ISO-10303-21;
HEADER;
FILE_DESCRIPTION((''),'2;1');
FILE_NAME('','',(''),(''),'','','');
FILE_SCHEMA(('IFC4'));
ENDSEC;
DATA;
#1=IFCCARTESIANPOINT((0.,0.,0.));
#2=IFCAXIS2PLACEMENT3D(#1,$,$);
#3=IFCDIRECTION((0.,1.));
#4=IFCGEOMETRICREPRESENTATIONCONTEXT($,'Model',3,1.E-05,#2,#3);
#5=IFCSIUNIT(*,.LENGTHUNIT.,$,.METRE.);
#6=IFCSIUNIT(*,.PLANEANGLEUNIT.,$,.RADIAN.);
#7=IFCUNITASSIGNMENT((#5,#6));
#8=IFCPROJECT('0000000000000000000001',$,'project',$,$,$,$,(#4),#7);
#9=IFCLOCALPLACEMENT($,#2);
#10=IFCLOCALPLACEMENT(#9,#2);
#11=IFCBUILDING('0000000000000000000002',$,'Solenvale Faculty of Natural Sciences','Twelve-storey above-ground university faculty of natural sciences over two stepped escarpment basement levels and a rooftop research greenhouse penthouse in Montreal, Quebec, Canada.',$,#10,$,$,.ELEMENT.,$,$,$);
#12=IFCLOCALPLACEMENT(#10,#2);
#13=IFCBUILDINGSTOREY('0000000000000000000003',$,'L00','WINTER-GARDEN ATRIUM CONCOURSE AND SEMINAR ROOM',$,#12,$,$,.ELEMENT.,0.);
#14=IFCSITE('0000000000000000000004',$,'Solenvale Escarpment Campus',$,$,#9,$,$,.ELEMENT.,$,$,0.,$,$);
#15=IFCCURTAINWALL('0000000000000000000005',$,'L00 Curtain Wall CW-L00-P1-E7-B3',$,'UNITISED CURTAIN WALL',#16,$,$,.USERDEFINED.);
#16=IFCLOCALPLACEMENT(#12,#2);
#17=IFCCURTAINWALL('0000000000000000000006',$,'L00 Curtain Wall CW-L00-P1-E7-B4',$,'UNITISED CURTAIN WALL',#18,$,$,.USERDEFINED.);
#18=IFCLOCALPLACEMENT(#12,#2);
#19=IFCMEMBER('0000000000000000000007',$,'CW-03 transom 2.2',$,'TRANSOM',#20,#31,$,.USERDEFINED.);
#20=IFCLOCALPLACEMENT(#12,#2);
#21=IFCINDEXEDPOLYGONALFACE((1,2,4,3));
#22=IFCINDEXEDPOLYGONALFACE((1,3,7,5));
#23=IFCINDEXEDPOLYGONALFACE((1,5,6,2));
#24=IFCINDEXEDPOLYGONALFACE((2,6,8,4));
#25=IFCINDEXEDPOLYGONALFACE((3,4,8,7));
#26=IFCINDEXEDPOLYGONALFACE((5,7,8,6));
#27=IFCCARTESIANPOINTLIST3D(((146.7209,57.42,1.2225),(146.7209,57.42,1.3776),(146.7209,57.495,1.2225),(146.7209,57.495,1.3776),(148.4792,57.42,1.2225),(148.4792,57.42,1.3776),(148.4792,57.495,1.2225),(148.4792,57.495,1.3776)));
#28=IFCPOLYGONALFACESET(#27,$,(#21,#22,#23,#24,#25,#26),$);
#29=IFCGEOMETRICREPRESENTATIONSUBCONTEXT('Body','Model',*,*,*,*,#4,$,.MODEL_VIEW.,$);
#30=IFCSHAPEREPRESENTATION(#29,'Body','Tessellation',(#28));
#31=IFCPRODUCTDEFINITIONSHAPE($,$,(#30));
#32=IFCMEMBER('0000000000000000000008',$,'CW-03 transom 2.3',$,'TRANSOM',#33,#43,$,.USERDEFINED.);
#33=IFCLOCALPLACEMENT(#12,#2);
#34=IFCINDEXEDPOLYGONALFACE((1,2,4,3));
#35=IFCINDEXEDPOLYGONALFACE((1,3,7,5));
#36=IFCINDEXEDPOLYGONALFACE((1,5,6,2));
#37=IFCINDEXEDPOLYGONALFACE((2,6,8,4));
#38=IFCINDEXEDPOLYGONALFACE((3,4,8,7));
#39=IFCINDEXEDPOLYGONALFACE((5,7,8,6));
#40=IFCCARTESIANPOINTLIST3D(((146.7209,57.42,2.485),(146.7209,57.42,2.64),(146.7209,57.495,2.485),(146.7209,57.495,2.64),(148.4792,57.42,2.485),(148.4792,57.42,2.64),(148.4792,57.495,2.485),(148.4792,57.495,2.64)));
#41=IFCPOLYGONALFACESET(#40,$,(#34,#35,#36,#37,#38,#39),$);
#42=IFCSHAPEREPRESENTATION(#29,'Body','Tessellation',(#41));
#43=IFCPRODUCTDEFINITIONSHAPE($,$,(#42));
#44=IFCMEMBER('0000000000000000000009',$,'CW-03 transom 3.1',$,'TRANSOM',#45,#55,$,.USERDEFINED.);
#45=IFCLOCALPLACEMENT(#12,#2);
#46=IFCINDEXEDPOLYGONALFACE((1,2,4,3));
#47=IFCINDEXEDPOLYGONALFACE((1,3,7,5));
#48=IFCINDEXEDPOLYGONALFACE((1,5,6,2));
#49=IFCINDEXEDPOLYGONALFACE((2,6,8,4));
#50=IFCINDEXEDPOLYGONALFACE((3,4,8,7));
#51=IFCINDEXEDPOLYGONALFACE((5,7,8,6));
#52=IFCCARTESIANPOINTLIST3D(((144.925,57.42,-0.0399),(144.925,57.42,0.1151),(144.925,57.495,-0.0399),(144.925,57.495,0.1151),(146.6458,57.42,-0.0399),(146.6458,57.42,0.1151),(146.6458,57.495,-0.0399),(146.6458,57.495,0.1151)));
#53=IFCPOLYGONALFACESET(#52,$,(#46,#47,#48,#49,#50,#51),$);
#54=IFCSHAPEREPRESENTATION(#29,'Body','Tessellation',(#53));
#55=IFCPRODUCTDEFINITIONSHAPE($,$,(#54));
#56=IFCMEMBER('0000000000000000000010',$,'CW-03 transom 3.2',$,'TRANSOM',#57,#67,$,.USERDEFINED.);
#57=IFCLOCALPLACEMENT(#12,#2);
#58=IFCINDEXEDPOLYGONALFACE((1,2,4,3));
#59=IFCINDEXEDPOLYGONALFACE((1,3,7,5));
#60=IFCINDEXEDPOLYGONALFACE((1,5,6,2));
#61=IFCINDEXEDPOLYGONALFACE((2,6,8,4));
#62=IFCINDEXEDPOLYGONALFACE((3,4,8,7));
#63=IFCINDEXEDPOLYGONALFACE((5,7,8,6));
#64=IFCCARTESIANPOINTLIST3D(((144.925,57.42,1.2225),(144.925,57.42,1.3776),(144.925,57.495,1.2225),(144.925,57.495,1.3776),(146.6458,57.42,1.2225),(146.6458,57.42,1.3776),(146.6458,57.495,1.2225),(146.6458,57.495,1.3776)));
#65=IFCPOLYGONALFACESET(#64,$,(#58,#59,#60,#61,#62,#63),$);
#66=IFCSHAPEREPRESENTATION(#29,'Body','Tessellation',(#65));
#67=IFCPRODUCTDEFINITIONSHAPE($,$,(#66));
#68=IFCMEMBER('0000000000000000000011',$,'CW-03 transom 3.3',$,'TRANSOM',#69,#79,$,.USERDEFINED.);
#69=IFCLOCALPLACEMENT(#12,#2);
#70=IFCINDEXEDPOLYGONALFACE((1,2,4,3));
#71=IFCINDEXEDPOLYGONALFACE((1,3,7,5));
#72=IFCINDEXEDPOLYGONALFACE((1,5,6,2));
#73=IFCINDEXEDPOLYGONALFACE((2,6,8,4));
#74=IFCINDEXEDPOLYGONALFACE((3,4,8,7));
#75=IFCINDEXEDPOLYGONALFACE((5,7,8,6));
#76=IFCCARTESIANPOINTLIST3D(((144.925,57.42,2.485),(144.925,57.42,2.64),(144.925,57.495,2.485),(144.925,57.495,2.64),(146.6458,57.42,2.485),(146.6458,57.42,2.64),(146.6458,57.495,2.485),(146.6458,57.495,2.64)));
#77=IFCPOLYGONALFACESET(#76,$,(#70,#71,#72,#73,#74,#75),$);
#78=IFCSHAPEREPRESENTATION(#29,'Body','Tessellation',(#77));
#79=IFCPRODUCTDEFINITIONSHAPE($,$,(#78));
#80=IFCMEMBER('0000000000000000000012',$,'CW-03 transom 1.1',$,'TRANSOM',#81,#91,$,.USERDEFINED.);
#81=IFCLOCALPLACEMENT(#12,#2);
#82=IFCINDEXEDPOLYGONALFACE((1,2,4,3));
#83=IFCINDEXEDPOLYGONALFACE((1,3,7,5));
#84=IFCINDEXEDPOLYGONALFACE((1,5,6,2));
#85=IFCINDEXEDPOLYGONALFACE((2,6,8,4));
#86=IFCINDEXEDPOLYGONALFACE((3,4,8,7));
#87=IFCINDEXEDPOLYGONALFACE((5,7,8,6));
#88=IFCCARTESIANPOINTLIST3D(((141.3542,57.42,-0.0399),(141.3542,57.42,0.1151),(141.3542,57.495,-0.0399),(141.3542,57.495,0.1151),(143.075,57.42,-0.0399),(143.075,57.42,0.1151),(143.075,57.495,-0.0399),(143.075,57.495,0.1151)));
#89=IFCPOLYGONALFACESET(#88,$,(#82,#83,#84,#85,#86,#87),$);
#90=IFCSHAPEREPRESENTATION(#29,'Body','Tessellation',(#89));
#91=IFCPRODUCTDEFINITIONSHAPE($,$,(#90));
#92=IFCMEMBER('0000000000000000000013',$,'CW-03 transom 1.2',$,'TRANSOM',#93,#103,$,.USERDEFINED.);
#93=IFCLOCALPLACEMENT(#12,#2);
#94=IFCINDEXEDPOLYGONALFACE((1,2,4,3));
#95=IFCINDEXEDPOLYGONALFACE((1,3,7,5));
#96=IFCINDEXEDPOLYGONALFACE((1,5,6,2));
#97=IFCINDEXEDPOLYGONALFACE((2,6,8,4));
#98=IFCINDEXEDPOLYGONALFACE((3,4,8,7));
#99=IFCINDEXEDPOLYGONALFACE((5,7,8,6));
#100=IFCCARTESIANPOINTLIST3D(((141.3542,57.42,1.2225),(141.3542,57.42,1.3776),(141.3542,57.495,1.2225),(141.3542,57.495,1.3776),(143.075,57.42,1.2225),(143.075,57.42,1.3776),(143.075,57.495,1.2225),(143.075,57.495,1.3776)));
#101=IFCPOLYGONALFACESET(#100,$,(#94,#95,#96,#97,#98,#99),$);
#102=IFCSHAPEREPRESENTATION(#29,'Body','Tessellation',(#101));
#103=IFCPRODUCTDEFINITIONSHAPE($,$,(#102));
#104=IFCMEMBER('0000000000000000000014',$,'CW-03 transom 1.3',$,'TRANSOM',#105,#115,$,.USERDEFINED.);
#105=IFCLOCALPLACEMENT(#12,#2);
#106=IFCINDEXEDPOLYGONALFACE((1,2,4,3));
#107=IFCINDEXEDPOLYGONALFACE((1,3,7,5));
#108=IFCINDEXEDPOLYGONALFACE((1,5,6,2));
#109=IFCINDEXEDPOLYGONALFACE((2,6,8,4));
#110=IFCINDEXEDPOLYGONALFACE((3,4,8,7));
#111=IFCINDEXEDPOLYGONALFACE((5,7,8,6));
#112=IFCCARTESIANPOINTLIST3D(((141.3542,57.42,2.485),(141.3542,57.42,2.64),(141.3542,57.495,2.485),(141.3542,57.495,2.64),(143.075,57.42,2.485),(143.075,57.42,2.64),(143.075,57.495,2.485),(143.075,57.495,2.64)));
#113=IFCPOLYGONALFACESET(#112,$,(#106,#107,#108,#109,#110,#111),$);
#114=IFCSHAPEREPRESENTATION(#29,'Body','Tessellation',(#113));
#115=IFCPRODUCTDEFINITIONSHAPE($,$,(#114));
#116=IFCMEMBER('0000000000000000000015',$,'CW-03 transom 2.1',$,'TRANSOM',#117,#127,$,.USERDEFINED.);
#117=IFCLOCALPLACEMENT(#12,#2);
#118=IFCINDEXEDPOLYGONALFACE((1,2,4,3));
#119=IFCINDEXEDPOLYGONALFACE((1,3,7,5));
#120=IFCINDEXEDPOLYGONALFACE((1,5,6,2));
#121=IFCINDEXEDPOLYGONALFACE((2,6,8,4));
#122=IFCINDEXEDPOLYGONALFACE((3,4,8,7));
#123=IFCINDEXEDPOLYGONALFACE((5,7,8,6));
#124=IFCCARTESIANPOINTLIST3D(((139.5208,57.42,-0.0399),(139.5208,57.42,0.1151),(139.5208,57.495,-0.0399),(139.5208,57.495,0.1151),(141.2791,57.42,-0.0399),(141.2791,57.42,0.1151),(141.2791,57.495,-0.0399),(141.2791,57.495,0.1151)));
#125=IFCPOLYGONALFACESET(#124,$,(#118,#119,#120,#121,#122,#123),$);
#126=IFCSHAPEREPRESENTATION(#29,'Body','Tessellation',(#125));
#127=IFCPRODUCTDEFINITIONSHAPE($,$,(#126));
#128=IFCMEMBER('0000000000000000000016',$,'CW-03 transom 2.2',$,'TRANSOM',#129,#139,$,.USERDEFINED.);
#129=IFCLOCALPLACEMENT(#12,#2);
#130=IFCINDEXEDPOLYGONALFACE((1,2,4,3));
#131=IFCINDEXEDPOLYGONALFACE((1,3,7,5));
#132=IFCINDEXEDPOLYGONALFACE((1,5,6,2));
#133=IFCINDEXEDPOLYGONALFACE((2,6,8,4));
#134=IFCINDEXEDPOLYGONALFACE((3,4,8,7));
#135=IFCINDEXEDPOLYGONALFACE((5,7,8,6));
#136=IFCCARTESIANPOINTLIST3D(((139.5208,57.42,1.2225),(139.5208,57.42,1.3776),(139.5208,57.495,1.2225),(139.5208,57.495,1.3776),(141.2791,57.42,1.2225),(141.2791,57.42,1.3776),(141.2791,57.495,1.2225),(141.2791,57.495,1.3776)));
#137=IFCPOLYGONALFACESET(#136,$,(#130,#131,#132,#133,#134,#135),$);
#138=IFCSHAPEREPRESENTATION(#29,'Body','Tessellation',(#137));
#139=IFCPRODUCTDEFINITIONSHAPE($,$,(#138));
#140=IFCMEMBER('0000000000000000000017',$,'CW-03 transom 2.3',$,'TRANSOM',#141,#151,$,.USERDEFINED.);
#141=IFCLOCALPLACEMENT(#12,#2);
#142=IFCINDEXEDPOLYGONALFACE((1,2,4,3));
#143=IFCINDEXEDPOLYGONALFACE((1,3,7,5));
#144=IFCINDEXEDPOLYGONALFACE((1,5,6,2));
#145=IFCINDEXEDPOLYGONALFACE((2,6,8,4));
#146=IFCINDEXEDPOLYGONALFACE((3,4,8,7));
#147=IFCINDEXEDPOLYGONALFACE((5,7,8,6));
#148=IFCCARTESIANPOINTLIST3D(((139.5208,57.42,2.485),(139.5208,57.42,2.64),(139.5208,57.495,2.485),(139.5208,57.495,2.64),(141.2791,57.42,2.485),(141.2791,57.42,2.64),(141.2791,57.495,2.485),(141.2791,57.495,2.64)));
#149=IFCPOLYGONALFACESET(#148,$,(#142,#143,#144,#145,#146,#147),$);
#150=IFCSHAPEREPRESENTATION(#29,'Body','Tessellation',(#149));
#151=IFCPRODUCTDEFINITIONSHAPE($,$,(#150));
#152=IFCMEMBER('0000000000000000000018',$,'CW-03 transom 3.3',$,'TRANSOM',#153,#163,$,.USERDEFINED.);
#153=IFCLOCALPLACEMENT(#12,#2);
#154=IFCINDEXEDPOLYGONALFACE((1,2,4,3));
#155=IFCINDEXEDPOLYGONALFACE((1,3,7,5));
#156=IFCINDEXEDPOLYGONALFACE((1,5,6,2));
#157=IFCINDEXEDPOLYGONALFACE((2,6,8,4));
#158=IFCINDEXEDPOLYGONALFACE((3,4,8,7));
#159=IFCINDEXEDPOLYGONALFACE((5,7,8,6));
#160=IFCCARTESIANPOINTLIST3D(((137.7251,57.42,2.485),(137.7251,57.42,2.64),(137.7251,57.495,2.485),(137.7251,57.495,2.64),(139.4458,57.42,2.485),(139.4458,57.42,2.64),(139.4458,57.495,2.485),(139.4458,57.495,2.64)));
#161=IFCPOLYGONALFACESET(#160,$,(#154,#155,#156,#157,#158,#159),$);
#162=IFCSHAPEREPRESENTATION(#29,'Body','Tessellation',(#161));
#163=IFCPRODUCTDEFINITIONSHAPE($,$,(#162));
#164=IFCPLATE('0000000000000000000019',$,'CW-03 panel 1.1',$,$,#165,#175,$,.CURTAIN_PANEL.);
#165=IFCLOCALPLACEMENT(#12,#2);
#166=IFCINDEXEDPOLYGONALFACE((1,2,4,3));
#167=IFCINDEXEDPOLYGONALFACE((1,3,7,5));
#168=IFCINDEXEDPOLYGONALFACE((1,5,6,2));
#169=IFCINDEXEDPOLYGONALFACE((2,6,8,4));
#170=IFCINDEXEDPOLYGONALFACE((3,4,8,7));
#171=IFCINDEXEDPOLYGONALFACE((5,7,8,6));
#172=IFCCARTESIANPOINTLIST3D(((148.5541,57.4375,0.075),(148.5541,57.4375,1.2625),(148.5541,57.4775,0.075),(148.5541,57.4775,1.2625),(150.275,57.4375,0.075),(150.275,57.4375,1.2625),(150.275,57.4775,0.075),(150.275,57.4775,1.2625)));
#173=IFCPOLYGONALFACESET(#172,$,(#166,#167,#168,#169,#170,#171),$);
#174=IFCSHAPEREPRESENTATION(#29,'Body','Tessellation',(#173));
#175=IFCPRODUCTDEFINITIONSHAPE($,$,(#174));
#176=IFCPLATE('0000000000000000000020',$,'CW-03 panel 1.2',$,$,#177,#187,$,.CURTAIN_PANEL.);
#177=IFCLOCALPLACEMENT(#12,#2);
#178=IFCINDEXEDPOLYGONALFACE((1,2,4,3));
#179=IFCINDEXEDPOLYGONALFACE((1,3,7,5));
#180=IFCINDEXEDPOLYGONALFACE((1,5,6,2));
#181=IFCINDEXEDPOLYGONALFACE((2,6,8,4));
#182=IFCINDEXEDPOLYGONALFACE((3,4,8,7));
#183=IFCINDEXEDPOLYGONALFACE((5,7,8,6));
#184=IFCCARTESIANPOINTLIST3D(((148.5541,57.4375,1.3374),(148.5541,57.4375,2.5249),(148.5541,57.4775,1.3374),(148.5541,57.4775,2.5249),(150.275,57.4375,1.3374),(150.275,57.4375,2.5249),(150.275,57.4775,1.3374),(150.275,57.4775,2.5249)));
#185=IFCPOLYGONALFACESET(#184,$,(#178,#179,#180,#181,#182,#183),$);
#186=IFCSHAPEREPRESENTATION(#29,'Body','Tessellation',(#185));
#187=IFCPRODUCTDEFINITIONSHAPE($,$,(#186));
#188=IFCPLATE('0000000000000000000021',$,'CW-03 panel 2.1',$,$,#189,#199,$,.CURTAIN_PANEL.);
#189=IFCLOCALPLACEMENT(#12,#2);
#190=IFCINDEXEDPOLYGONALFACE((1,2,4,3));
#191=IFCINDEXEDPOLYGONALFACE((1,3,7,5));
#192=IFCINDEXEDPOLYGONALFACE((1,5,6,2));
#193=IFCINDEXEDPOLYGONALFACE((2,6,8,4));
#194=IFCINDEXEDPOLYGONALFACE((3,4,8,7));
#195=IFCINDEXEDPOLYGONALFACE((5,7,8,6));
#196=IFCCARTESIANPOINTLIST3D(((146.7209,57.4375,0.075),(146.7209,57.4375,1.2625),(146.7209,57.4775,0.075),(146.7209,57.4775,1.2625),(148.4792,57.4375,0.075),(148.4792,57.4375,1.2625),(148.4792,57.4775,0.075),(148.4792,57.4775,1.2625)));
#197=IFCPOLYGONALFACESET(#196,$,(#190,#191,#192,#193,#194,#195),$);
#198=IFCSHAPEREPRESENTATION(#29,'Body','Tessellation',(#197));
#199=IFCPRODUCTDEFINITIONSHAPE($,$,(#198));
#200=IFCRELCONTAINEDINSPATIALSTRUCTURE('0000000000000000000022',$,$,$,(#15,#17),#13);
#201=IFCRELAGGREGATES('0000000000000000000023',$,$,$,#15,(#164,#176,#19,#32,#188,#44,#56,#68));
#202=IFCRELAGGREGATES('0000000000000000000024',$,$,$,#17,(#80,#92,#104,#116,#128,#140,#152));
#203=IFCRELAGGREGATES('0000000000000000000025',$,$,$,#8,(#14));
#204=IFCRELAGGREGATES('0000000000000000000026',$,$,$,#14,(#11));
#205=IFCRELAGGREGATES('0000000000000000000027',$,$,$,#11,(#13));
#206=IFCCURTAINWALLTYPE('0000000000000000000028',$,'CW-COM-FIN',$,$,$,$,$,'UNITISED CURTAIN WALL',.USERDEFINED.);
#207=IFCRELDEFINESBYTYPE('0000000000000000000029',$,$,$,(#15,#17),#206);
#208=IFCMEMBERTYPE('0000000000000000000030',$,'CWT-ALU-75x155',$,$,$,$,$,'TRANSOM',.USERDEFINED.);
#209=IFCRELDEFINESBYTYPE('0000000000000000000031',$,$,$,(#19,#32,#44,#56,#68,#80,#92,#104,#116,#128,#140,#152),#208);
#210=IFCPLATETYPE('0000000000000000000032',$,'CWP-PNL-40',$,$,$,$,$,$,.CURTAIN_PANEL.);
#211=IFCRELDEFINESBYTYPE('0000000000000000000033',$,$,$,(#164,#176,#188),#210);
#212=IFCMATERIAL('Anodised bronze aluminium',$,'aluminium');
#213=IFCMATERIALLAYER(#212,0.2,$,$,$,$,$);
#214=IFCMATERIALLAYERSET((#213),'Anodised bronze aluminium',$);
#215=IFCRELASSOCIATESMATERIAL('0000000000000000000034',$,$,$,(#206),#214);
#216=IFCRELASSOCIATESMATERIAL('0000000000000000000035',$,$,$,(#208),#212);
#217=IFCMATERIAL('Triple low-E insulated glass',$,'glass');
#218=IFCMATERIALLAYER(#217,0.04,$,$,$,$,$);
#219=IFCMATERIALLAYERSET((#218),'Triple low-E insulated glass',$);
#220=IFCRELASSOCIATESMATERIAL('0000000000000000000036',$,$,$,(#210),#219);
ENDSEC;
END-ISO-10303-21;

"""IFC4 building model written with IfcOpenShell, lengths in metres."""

from ifc_helpers import new_model, si_unit, direction, frame, origin, origin_2d, place, context, subcontext, project, spatial, rectangle, extrude, material, layer, layer_set, material_profile, profile_set, type_object, element, aggregate, save


model = new_model("IFC4")

# Units and contexts
model_context = context("Model", 3, precision=1e-05, world=origin(), true_north=direction((0.0, 1.0)))
body_context = subcontext(model_context, "Body", "Model", "MODEL_VIEW")
ifc_project = project(units=[si_unit("LENGTHUNIT", "METRE"), si_unit("PLANEANGLEUNIT", "RADIAN")], contexts=[model_context])

# Site, building, storey
site_placement = place(None, origin())
site = spatial("IfcSite", under=ifc_project, at=site_placement, Name="Solenvale Escarpment Campus", CompositionType="ELEMENT", RefElevation=0.0)
building_placement = place(site_placement, origin())
building = spatial("IfcBuilding", under=site, at=building_placement, Name="Solenvale Faculty of Natural Sciences", Description="Twelve-storey above-ground university faculty of natural sciences over two stepped escarpment basement levels and a rooftop research greenhouse penthouse in Montreal, Quebec, Canada.", CompositionType="ELEMENT")
storey_placement = place(building_placement, origin())
storey = spatial("IfcBuildingStorey", under=building, at=storey_placement, Name="L00", Description="WINTER-GARDEN ATRIUM CONCOURSE AND SEMINAR ROOM", CompositionType="ELEMENT", Elevation=0.0)

# Curtain walls
ifc_material_1 = material(Name="Anodised bronze aluminium", Category="aluminium")
ifc_layer_1 = layer(ifc_material_1, 0.2)
ifc_layer_set_1 = layer_set([ifc_layer_1], Name="Anodised bronze aluminium")
curtain_wall_type = type_object("IfcCurtainWallType", Name="CW-COM-FIN", ElementType="UNITISED CURTAIN WALL", PredefinedType="USERDEFINED", material=ifc_layer_set_1)
curtain_wall_1_placement = place(storey_placement, origin())
curtain_wall_1 = element("IfcCurtainWall", 1, at=curtain_wall_1_placement, inside=storey, type_object=curtain_wall_type, Name="L00 Curtain Wall CW-L00-P1-E7-B3", ObjectType="UNITISED CURTAIN WALL", PredefinedType="USERDEFINED")
curtain_wall_2_placement = place(storey_placement, origin())
curtain_wall_2 = element("IfcCurtainWall", 2, at=curtain_wall_2_placement, inside=storey, type_object=curtain_wall_type, Name="L00 Curtain Wall CW-L00-P1-E7-B4", ObjectType="UNITISED CURTAIN WALL", PredefinedType="USERDEFINED")

# Members
ifc_material_profile_1 = material_profile(ifc_material_1, rectangle(XDim=0.075, YDim=0.155, at=origin_2d()), Name="ALU-TRN-75x155")
ifc_profile_set_1 = profile_set([ifc_material_profile_1], Name="Anodised bronze aluminium")
member_type_1 = type_object("IfcMemberType", Name="CWT-ALU-75x155", ElementType="TRANSOM", PredefinedType="USERDEFINED", material=ifc_profile_set_1)
member_1_placement = place(storey_placement, frame((148.4792, 57.4575, 1.3), z_axis=(-1.0, 0.0, 0.0), x_axis=(0.0, -1.0, 0.0)))
member_1 = element("IfcMember", 3, at=member_1_placement, type_object=member_type_1, Name="CW-03 transom 2.2", ObjectType="TRANSOM", PredefinedType="USERDEFINED", context=body_context, shape_type="SweptSolid", body=[
    extrude(rectangle(XDim=0.075, YDim=0.155, at=origin_2d()), origin(), (0.0, 0.0, 1.0), 1.7583),
])
member_2_placement = place(storey_placement, frame((148.4792, 57.4575, 2.5625), z_axis=(-1.0, 0.0, 0.0), x_axis=(0.0, -1.0, 0.0)))
member_2 = element("IfcMember", 4, at=member_2_placement, type_object=member_type_1, Name="CW-03 transom 2.3", ObjectType="TRANSOM", PredefinedType="USERDEFINED", context=body_context, shape_type="SweptSolid", body=[
    extrude(rectangle(XDim=0.075, YDim=0.155, at=origin_2d()), origin(), (0.0, 0.0, 1.0), 1.7583),
])
member_3_placement = place(storey_placement, frame((146.6458, 57.4575, 0.0376), z_axis=(-1.0, 0.0, 0.0), x_axis=(0.0, -1.0, 0.0)))
member_3 = element("IfcMember", 5, at=member_3_placement, type_object=member_type_1, Name="CW-03 transom 3.1", ObjectType="TRANSOM", PredefinedType="USERDEFINED", context=body_context, shape_type="SweptSolid", body=[
    extrude(rectangle(XDim=0.075, YDim=0.155, at=origin_2d()), origin(), (0.0, 0.0, 1.0), 1.7207),
])
member_4_placement = place(storey_placement, frame((146.6458, 57.4575, 1.3), z_axis=(-1.0, 0.0, 0.0), x_axis=(0.0, -1.0, 0.0)))
member_4 = element("IfcMember", 6, at=member_4_placement, type_object=member_type_1, Name="CW-03 transom 3.2", ObjectType="TRANSOM", PredefinedType="USERDEFINED", context=body_context, shape_type="SweptSolid", body=[
    extrude(rectangle(XDim=0.075, YDim=0.155, at=origin_2d()), origin(), (0.0, 0.0, 1.0), 1.7207),
])
member_5_placement = place(storey_placement, frame((146.6458, 57.4575, 2.5625), z_axis=(-1.0, 0.0, 0.0), x_axis=(0.0, -1.0, 0.0)))
member_5 = element("IfcMember", 7, at=member_5_placement, type_object=member_type_1, Name="CW-03 transom 3.3", ObjectType="TRANSOM", PredefinedType="USERDEFINED", context=body_context, shape_type="SweptSolid", body=[
    extrude(rectangle(XDim=0.075, YDim=0.155, at=origin_2d()), origin(), (0.0, 0.0, 1.0), 1.7207),
])
member_6_placement = place(storey_placement, frame((143.075, 57.4575, 0.0376), z_axis=(-1.0, 0.0, 0.0), x_axis=(0.0, -1.0, 0.0)))
member_6 = element("IfcMember", 8, at=member_6_placement, type_object=member_type_1, Name="CW-03 transom 1.1", ObjectType="TRANSOM", PredefinedType="USERDEFINED", context=body_context, shape_type="SweptSolid", body=[
    extrude(rectangle(XDim=0.075, YDim=0.155, at=origin_2d()), origin(), (0.0, 0.0, 1.0), 1.7207),
])
member_7_placement = place(storey_placement, frame((143.075, 57.4575, 1.3), z_axis=(-1.0, 0.0, 0.0), x_axis=(0.0, -1.0, 0.0)))
member_7 = element("IfcMember", 9, at=member_7_placement, type_object=member_type_1, Name="CW-03 transom 1.2", ObjectType="TRANSOM", PredefinedType="USERDEFINED", context=body_context, shape_type="SweptSolid", body=[
    extrude(rectangle(XDim=0.075, YDim=0.155, at=origin_2d()), origin(), (0.0, 0.0, 1.0), 1.7207),
])
member_8_placement = place(storey_placement, frame((143.075, 57.4575, 2.5625), z_axis=(-1.0, 0.0, 0.0), x_axis=(0.0, -1.0, 0.0)))
member_8 = element("IfcMember", 10, at=member_8_placement, type_object=member_type_1, Name="CW-03 transom 1.3", ObjectType="TRANSOM", PredefinedType="USERDEFINED", context=body_context, shape_type="SweptSolid", body=[
    extrude(rectangle(XDim=0.075, YDim=0.155, at=origin_2d()), origin(), (0.0, 0.0, 1.0), 1.7207),
])
member_9_placement = place(storey_placement, frame((141.2791, 57.4575, 0.0376), z_axis=(-1.0, 0.0, 0.0), x_axis=(0.0, -1.0, 0.0)))
member_9 = element("IfcMember", 11, at=member_9_placement, type_object=member_type_1, Name="CW-03 transom 2.1", ObjectType="TRANSOM", PredefinedType="USERDEFINED", context=body_context, shape_type="SweptSolid", body=[
    extrude(rectangle(XDim=0.075, YDim=0.155, at=origin_2d()), origin(), (0.0, 0.0, 1.0), 1.7583),
])
member_10_placement = place(storey_placement, frame((141.2791, 57.4575, 1.3), z_axis=(-1.0, 0.0, 0.0), x_axis=(0.0, -1.0, 0.0)))
member_10 = element("IfcMember", 12, at=member_10_placement, type_object=member_type_1, Name="CW-03 transom 2.2", ObjectType="TRANSOM", PredefinedType="USERDEFINED", context=body_context, shape_type="SweptSolid", body=[
    extrude(rectangle(XDim=0.075, YDim=0.155, at=origin_2d()), origin(), (0.0, 0.0, 1.0), 1.7583),
])
member_11_placement = place(storey_placement, frame((141.2791, 57.4575, 2.5625), z_axis=(-1.0, 0.0, 0.0), x_axis=(0.0, -1.0, 0.0)))
member_11 = element("IfcMember", 13, at=member_11_placement, type_object=member_type_1, Name="CW-03 transom 2.3", ObjectType="TRANSOM", PredefinedType="USERDEFINED", context=body_context, shape_type="SweptSolid", body=[
    extrude(rectangle(XDim=0.075, YDim=0.155, at=origin_2d()), origin(), (0.0, 0.0, 1.0), 1.7583),
])
member_12_placement = place(storey_placement, frame((139.4458, 57.4575, 2.5625), z_axis=(-1.0, 0.0, 0.0), x_axis=(0.0, -1.0, 0.0)))
member_12 = element("IfcMember", 14, at=member_12_placement, type_object=member_type_1, Name="CW-03 transom 3.3", ObjectType="TRANSOM", PredefinedType="USERDEFINED", context=body_context, shape_type="SweptSolid", body=[
    extrude(rectangle(XDim=0.075, YDim=0.155, at=origin_2d()), origin(), (0.0, 0.0, 1.0), 1.7207),
])

# Plates
ifc_material_2 = material(Name="Triple low-E insulated glass", Category="glass")
ifc_layer_2 = layer(ifc_material_2, 0.04)
ifc_layer_set_2 = layer_set([ifc_layer_2], Name="Triple low-E insulated glass")
plate_type_1 = type_object("IfcPlateType", Name="CWP-PNL-40", PredefinedType="CURTAIN_PANEL", material=ifc_layer_set_2)
plate_1_placement = place(storey_placement, frame((149.4146, 57.4575, 0.075), z_axis=(0.0, 0.0, 1.0), x_axis=(-1.0, 0.0, 0.0)))
plate_1 = element("IfcPlate", 15, at=plate_1_placement, type_object=plate_type_1, Name="CW-03 panel 1.1", PredefinedType="CURTAIN_PANEL", context=body_context, shape_type="SweptSolid", body=[
    extrude(rectangle(XDim=1.7209, YDim=0.04, at=origin_2d()), origin(), (0.0, 0.0, 1.0), 1.1875),
])
plate_2_placement = place(storey_placement, frame((149.4146, 57.4575, 1.3374), z_axis=(0.0, 0.0, 1.0), x_axis=(-1.0, 0.0, 0.0)))
plate_2 = element("IfcPlate", 16, at=plate_2_placement, type_object=plate_type_1, Name="CW-03 panel 1.2", PredefinedType="CURTAIN_PANEL", context=body_context, shape_type="SweptSolid", body=[
    extrude(rectangle(XDim=1.7209, YDim=0.04, at=origin_2d()), origin(), (0.0, 0.0, 1.0), 1.1875),
])
plate_3_placement = place(storey_placement, frame((147.6001, 57.4575, 0.075), z_axis=(0.0, 0.0, 1.0), x_axis=(-1.0, 0.0, 0.0)))
plate_3 = element("IfcPlate", 17, at=plate_3_placement, type_object=plate_type_1, Name="CW-03 panel 2.1", PredefinedType="CURTAIN_PANEL", context=body_context, shape_type="SweptSolid", body=[
    extrude(rectangle(XDim=1.7583, YDim=0.04, at=origin_2d()), origin(), (0.0, 0.0, 1.0), 1.1875),
])
aggregate(curtain_wall_1, [plate_1, plate_2, member_1, member_2, plate_3, member_3, member_4, member_5])
aggregate(curtain_wall_2, [member_6, member_7, member_8, member_9, member_10, member_11, member_12])

save(model, "model.ifc")
